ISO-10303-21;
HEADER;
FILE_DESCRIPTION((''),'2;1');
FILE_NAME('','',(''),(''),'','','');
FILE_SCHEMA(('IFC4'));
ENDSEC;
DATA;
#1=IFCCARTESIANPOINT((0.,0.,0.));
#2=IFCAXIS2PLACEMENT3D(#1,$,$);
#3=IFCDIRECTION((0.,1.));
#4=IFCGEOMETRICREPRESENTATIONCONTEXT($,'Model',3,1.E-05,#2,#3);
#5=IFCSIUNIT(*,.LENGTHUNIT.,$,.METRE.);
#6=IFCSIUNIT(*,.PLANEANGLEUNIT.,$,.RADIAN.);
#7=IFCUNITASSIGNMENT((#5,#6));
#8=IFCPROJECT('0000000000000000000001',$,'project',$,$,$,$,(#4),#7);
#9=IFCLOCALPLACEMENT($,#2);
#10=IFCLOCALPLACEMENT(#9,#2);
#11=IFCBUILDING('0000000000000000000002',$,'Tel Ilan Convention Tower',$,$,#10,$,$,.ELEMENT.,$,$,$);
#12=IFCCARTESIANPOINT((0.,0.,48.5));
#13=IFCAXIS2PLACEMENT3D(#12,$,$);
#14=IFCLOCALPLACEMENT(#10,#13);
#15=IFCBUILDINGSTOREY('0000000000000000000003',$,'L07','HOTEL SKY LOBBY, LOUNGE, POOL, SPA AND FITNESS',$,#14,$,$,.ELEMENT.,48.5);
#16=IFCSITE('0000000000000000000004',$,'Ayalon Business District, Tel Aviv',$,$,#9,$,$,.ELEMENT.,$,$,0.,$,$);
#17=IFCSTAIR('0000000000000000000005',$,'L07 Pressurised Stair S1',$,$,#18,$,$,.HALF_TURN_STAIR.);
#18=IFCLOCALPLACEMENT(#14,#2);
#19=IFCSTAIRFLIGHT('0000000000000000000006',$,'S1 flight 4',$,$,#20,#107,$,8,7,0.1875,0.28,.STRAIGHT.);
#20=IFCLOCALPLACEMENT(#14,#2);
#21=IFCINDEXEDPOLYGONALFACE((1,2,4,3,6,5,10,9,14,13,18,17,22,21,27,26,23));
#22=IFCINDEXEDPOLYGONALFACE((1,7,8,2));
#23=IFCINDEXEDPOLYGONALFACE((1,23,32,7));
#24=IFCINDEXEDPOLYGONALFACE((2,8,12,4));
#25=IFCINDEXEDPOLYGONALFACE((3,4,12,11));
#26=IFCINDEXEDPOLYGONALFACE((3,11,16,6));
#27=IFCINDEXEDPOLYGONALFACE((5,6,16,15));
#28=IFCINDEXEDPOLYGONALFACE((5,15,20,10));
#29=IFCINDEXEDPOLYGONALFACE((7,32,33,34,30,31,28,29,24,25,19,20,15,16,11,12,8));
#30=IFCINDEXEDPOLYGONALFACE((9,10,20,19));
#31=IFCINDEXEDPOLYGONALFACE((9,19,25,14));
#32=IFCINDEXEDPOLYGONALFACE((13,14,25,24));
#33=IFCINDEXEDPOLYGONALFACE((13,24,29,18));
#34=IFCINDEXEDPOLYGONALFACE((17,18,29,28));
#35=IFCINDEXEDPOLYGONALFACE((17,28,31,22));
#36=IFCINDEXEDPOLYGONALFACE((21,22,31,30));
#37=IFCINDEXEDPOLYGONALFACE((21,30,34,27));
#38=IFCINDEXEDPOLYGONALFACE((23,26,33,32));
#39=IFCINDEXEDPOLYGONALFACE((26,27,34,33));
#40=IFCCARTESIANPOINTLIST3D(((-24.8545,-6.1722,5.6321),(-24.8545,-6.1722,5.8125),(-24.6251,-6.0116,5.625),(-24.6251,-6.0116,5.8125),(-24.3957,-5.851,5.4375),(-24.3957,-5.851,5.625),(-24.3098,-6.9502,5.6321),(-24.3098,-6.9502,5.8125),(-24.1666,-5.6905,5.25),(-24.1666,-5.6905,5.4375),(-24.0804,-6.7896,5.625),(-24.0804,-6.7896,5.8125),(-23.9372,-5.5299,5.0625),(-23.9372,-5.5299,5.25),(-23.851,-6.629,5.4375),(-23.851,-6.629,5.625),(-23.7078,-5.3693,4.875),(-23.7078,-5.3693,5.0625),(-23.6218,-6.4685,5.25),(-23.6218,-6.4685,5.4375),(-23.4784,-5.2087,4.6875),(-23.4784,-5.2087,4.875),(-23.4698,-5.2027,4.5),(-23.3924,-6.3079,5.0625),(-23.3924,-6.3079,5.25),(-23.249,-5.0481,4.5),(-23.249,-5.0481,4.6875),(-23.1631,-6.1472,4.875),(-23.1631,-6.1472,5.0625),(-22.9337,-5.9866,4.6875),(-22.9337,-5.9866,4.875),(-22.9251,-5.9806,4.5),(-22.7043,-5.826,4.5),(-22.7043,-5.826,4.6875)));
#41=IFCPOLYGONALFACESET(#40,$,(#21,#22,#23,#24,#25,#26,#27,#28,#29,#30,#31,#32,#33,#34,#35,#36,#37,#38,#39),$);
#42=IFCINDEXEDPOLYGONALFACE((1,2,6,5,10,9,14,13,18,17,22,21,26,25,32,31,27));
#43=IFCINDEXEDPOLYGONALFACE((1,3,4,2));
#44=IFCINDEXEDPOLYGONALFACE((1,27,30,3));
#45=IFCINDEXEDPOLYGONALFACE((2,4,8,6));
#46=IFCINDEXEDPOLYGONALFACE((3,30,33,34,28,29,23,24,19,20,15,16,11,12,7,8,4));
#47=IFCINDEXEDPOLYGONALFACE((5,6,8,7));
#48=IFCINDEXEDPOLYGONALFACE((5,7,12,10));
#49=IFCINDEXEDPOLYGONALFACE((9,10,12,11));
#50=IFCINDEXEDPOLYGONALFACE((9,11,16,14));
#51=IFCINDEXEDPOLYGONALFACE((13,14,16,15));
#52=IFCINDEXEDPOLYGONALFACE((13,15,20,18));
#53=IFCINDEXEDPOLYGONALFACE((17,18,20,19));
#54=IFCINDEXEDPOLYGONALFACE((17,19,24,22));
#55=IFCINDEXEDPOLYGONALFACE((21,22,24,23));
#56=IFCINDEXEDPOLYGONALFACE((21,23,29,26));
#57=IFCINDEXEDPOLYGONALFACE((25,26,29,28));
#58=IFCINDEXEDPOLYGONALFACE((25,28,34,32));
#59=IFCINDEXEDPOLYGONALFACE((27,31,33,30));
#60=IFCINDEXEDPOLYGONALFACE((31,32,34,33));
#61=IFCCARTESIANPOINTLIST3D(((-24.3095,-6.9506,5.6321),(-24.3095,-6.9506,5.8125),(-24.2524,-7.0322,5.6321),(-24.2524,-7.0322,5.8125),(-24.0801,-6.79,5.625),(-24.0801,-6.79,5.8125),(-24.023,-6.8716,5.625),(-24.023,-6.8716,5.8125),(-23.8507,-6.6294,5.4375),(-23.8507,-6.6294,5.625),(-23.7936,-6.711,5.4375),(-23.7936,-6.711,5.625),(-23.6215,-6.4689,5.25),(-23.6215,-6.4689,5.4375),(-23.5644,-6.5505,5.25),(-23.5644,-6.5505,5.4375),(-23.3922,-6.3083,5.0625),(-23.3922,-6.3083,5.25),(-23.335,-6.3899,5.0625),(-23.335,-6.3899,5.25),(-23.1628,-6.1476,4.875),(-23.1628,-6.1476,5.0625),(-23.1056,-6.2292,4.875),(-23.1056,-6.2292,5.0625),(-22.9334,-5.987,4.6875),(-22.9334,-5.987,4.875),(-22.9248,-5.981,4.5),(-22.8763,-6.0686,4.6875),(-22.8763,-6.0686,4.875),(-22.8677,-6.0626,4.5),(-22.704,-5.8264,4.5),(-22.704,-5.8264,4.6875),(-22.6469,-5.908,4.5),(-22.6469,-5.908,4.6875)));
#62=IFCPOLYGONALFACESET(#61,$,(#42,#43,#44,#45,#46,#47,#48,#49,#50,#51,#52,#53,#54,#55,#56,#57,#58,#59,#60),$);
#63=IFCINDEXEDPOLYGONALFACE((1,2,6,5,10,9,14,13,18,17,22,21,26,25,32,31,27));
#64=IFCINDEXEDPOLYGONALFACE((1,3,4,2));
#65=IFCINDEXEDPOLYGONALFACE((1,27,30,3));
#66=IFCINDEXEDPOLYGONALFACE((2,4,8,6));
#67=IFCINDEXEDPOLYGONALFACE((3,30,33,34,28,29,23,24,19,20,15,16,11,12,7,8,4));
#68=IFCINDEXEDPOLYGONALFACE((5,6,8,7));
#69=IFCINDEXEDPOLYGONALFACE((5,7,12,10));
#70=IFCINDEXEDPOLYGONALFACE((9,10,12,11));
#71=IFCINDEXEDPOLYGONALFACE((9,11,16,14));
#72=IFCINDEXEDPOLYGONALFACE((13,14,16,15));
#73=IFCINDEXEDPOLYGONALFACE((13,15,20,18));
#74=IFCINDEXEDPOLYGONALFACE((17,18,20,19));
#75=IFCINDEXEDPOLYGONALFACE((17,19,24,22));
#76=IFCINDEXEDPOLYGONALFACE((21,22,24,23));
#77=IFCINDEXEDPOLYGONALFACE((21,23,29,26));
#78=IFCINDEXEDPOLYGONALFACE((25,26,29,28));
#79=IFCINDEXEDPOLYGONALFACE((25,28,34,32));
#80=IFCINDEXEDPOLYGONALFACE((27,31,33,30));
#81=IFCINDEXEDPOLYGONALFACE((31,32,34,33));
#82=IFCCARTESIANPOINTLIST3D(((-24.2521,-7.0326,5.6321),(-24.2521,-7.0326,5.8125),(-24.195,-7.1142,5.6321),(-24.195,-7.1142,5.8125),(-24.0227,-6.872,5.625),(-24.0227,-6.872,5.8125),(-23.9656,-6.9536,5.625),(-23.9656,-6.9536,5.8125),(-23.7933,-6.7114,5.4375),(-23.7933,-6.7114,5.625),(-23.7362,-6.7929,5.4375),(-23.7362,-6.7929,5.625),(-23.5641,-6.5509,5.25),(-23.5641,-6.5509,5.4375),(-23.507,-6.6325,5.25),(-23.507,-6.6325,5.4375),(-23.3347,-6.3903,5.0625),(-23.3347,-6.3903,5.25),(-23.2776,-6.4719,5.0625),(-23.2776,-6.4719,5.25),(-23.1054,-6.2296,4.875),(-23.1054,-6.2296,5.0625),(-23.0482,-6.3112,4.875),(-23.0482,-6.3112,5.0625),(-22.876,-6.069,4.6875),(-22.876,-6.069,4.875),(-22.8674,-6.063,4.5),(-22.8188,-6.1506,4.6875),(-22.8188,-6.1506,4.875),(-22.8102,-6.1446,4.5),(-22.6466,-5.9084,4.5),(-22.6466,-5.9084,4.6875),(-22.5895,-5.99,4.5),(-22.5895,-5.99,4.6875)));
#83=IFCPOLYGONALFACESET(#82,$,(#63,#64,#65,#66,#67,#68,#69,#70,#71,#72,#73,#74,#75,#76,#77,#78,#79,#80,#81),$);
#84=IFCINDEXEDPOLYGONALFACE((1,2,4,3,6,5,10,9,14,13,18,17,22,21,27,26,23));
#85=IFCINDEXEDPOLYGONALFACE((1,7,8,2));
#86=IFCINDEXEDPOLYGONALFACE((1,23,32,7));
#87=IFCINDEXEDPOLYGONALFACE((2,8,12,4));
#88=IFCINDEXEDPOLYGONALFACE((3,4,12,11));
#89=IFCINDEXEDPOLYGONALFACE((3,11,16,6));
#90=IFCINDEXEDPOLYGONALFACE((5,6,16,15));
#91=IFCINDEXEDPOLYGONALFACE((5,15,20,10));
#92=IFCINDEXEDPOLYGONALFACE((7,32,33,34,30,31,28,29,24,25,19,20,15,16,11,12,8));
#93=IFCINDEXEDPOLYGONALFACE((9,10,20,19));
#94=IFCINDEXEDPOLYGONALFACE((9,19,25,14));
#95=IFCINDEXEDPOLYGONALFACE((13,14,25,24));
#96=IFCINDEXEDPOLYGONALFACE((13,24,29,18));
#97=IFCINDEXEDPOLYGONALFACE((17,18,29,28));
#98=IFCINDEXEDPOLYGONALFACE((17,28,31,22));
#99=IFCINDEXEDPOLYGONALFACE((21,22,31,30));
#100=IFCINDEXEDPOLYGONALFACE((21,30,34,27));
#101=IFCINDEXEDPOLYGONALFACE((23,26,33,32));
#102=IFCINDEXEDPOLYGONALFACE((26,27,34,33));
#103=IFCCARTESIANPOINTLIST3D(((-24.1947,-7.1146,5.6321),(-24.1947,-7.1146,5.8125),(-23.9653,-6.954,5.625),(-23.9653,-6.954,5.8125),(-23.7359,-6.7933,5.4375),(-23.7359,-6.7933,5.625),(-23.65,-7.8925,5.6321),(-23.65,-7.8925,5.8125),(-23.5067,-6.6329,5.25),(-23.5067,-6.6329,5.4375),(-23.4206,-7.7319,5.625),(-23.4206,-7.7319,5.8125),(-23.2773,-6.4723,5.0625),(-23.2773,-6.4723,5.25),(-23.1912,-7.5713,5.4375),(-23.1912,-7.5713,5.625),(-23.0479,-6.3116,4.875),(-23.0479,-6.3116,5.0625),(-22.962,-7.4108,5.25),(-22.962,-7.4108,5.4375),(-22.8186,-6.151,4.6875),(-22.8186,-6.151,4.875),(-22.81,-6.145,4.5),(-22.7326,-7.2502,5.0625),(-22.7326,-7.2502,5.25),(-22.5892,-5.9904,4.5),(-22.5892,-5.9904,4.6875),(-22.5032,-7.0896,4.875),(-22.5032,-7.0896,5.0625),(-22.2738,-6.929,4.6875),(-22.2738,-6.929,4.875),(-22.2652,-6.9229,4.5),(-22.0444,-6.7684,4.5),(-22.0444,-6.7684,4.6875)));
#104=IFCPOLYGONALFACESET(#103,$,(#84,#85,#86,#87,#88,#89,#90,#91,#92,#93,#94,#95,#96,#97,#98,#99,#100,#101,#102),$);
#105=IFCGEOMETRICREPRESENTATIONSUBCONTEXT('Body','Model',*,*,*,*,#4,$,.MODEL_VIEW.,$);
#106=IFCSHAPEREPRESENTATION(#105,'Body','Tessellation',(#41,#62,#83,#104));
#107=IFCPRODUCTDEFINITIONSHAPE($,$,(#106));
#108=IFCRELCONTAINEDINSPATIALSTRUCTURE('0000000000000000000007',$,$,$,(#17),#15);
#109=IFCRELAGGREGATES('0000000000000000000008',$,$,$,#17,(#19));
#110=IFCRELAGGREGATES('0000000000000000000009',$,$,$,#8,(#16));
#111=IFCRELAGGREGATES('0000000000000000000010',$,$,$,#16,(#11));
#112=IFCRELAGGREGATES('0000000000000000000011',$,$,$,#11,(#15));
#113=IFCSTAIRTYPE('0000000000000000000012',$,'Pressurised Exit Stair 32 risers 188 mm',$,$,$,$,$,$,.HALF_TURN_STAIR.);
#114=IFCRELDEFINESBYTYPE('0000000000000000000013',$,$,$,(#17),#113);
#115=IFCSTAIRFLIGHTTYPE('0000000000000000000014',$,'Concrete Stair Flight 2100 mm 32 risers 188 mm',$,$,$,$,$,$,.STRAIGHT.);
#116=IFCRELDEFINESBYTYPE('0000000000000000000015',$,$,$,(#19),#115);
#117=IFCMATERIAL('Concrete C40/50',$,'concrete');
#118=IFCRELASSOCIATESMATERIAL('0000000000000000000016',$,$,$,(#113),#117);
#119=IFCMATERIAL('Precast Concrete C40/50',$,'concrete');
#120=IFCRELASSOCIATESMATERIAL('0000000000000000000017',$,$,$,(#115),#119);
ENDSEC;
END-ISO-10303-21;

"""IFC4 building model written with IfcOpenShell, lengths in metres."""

from ifc_helpers import new_model, si_unit, direction, frame, origin, place, context, subcontext, project, spatial, polyline, outline, extrude, material, type_object, element, aggregate, save


model = new_model("IFC4")

# Units and contexts
model_context = context("Model", 3, precision=1e-05, world=origin(), true_north=direction((0.0, 1.0)))
body_context = subcontext(model_context, "Body", "Model", "MODEL_VIEW")
ifc_project = project(units=[si_unit("LENGTHUNIT", "METRE"), si_unit("PLANEANGLEUNIT", "RADIAN")], contexts=[model_context])

# Site, building, storey
site_placement = place(None, origin())
site = spatial("IfcSite", under=ifc_project, at=site_placement, Name="Ayalon Business District, Tel Aviv", CompositionType="ELEMENT", RefElevation=0.0)
building_placement = place(site_placement, origin())
building = spatial("IfcBuilding", under=site, at=building_placement, Name="Tel Ilan Convention Tower", CompositionType="ELEMENT")
storey_placement = place(building_placement, frame((0.0, 0.0, 48.5)))
storey = spatial("IfcBuildingStorey", under=building, at=storey_placement, Name="L07", Description="HOTEL SKY LOBBY, LOUNGE, POOL, SPA AND FITNESS", CompositionType="ELEMENT", Elevation=48.5)

# Stair, stair flight
ifc_material_1 = material(Name="Concrete C40/50", Category="concrete")
stair_type = type_object("IfcStairType", Name="Pressurised Exit Stair 32 risers 188 mm", PredefinedType="HALF_TURN_STAIR", material=ifc_material_1)
stair_1_placement = place(storey_placement, origin())
stair_1 = element("IfcStair", 1, at=stair_1_placement, inside=storey, type_object=stair_type, Name="L07 Pressurised Stair S1", PredefinedType="HALF_TURN_STAIR")
ifc_material_2 = material(Name="Precast Concrete C40/50", Category="concrete")
stair_flight_type = type_object("IfcStairFlightType", Name="Concrete Stair Flight 2100 mm 32 risers 188 mm", PredefinedType="STRAIGHT", material=ifc_material_2)
stair_flight_1_placement = place(storey_placement, frame((-22.6467, -5.9082, 4.5), z_axis=(0.0, 0.0, 1.0), x_axis=(-0.819152, -0.573576, 0.0)))
stair_flight_1 = element("IfcStairFlight", 2, at=stair_flight_1_placement, type_object=stair_flight_type, Name="S1 flight 4", NumberOfRisers=8, NumberOfTreads=7, PredefinedType="STRAIGHT", RiserHeight=0.1875, TreadLength=0.28, context=body_context, shape_type="SweptSolid", body=[
    extrude(outline(polyline([(0.0, 0.0), (0.0, 0.1875), (0.28, 0.1875), (0.28, 0.375), (0.5601, 0.375), (0.5601, 0.5625), (0.8401, 0.5625), (0.8401, 0.75), (1.1201, 0.75), (1.1201, 0.9375), (1.3999, 0.9375), (1.3999, 1.125), (1.6799, 1.125), (1.6799, 1.3125), (1.96, 1.3125), (1.96, 1.5), (1.96, 1.1321), (0.2695, 0.0), (0.0, 0.0)])), frame((0.0, -0.1003, 0.0), z_axis=(0.0, -1.0, 0.0), x_axis=(1.0, 0.0, 0.0)), (0.0, 0.0, 1.0), 0.9497),
    extrude(outline(polyline([(0.0, 0.0), (0.0, 0.1875), (0.28, 0.1875), (0.28, 0.375), (0.5601, 0.375), (0.5601, 0.5625), (0.8401, 0.5625), (0.8401, 0.75), (1.1201, 0.75), (1.1201, 0.9375), (1.3999, 0.9375), (1.3999, 1.125), (1.6799, 1.125), (1.6799, 1.3125), (1.96, 1.3125), (1.96, 1.5), (1.96, 1.1321), (0.2695, 0.0), (0.0, 0.0)])), frame((0.0, -0.0002, 0.0), z_axis=(0.0, -1.0, 0.0), x_axis=(1.0, 0.0, 0.0)), (0.0, 0.0, 1.0), 0.0996),
    extrude(outline(polyline([(0.0, 0.0), (0.0, 0.1875), (0.28, 0.1875), (0.28, 0.375), (0.5601, 0.375), (0.5601, 0.5625), (0.8401, 0.5625), (0.8401, 0.75), (1.1201, 0.75), (1.1201, 0.9375), (1.3999, 0.9375), (1.3999, 1.125), (1.6799, 1.125), (1.6799, 1.3125), (1.96, 1.3125), (1.96, 1.5), (1.96, 1.1321), (0.2695, 0.0), (0.0, 0.0)])), frame((0.0, 0.0999, 0.0), z_axis=(0.0, -1.0, 0.0), x_axis=(1.0, 0.0, 0.0)), (0.0, 0.0, 1.0), 0.0996),
    extrude(outline(polyline([(0.0, 0.0), (0.0, 0.1875), (0.28, 0.1875), (0.28, 0.375), (0.5601, 0.375), (0.5601, 0.5625), (0.8401, 0.5625), (0.8401, 0.75), (1.1201, 0.75), (1.1201, 0.9375), (1.3999, 0.9375), (1.3999, 1.125), (1.6799, 1.125), (1.6799, 1.3125), (1.96, 1.3125), (1.96, 1.5), (1.96, 1.1321), (0.2695, 0.0), (0.0, 0.0)])), frame((0.0, 1.05, 0.0), z_axis=(0.0, -1.0, 0.0), x_axis=(1.0, 0.0, 0.0)), (0.0, 0.0, 1.0), 0.9497),
])
aggregate(stair_1, [stair_flight_1])

save(model, "model.ifc")
